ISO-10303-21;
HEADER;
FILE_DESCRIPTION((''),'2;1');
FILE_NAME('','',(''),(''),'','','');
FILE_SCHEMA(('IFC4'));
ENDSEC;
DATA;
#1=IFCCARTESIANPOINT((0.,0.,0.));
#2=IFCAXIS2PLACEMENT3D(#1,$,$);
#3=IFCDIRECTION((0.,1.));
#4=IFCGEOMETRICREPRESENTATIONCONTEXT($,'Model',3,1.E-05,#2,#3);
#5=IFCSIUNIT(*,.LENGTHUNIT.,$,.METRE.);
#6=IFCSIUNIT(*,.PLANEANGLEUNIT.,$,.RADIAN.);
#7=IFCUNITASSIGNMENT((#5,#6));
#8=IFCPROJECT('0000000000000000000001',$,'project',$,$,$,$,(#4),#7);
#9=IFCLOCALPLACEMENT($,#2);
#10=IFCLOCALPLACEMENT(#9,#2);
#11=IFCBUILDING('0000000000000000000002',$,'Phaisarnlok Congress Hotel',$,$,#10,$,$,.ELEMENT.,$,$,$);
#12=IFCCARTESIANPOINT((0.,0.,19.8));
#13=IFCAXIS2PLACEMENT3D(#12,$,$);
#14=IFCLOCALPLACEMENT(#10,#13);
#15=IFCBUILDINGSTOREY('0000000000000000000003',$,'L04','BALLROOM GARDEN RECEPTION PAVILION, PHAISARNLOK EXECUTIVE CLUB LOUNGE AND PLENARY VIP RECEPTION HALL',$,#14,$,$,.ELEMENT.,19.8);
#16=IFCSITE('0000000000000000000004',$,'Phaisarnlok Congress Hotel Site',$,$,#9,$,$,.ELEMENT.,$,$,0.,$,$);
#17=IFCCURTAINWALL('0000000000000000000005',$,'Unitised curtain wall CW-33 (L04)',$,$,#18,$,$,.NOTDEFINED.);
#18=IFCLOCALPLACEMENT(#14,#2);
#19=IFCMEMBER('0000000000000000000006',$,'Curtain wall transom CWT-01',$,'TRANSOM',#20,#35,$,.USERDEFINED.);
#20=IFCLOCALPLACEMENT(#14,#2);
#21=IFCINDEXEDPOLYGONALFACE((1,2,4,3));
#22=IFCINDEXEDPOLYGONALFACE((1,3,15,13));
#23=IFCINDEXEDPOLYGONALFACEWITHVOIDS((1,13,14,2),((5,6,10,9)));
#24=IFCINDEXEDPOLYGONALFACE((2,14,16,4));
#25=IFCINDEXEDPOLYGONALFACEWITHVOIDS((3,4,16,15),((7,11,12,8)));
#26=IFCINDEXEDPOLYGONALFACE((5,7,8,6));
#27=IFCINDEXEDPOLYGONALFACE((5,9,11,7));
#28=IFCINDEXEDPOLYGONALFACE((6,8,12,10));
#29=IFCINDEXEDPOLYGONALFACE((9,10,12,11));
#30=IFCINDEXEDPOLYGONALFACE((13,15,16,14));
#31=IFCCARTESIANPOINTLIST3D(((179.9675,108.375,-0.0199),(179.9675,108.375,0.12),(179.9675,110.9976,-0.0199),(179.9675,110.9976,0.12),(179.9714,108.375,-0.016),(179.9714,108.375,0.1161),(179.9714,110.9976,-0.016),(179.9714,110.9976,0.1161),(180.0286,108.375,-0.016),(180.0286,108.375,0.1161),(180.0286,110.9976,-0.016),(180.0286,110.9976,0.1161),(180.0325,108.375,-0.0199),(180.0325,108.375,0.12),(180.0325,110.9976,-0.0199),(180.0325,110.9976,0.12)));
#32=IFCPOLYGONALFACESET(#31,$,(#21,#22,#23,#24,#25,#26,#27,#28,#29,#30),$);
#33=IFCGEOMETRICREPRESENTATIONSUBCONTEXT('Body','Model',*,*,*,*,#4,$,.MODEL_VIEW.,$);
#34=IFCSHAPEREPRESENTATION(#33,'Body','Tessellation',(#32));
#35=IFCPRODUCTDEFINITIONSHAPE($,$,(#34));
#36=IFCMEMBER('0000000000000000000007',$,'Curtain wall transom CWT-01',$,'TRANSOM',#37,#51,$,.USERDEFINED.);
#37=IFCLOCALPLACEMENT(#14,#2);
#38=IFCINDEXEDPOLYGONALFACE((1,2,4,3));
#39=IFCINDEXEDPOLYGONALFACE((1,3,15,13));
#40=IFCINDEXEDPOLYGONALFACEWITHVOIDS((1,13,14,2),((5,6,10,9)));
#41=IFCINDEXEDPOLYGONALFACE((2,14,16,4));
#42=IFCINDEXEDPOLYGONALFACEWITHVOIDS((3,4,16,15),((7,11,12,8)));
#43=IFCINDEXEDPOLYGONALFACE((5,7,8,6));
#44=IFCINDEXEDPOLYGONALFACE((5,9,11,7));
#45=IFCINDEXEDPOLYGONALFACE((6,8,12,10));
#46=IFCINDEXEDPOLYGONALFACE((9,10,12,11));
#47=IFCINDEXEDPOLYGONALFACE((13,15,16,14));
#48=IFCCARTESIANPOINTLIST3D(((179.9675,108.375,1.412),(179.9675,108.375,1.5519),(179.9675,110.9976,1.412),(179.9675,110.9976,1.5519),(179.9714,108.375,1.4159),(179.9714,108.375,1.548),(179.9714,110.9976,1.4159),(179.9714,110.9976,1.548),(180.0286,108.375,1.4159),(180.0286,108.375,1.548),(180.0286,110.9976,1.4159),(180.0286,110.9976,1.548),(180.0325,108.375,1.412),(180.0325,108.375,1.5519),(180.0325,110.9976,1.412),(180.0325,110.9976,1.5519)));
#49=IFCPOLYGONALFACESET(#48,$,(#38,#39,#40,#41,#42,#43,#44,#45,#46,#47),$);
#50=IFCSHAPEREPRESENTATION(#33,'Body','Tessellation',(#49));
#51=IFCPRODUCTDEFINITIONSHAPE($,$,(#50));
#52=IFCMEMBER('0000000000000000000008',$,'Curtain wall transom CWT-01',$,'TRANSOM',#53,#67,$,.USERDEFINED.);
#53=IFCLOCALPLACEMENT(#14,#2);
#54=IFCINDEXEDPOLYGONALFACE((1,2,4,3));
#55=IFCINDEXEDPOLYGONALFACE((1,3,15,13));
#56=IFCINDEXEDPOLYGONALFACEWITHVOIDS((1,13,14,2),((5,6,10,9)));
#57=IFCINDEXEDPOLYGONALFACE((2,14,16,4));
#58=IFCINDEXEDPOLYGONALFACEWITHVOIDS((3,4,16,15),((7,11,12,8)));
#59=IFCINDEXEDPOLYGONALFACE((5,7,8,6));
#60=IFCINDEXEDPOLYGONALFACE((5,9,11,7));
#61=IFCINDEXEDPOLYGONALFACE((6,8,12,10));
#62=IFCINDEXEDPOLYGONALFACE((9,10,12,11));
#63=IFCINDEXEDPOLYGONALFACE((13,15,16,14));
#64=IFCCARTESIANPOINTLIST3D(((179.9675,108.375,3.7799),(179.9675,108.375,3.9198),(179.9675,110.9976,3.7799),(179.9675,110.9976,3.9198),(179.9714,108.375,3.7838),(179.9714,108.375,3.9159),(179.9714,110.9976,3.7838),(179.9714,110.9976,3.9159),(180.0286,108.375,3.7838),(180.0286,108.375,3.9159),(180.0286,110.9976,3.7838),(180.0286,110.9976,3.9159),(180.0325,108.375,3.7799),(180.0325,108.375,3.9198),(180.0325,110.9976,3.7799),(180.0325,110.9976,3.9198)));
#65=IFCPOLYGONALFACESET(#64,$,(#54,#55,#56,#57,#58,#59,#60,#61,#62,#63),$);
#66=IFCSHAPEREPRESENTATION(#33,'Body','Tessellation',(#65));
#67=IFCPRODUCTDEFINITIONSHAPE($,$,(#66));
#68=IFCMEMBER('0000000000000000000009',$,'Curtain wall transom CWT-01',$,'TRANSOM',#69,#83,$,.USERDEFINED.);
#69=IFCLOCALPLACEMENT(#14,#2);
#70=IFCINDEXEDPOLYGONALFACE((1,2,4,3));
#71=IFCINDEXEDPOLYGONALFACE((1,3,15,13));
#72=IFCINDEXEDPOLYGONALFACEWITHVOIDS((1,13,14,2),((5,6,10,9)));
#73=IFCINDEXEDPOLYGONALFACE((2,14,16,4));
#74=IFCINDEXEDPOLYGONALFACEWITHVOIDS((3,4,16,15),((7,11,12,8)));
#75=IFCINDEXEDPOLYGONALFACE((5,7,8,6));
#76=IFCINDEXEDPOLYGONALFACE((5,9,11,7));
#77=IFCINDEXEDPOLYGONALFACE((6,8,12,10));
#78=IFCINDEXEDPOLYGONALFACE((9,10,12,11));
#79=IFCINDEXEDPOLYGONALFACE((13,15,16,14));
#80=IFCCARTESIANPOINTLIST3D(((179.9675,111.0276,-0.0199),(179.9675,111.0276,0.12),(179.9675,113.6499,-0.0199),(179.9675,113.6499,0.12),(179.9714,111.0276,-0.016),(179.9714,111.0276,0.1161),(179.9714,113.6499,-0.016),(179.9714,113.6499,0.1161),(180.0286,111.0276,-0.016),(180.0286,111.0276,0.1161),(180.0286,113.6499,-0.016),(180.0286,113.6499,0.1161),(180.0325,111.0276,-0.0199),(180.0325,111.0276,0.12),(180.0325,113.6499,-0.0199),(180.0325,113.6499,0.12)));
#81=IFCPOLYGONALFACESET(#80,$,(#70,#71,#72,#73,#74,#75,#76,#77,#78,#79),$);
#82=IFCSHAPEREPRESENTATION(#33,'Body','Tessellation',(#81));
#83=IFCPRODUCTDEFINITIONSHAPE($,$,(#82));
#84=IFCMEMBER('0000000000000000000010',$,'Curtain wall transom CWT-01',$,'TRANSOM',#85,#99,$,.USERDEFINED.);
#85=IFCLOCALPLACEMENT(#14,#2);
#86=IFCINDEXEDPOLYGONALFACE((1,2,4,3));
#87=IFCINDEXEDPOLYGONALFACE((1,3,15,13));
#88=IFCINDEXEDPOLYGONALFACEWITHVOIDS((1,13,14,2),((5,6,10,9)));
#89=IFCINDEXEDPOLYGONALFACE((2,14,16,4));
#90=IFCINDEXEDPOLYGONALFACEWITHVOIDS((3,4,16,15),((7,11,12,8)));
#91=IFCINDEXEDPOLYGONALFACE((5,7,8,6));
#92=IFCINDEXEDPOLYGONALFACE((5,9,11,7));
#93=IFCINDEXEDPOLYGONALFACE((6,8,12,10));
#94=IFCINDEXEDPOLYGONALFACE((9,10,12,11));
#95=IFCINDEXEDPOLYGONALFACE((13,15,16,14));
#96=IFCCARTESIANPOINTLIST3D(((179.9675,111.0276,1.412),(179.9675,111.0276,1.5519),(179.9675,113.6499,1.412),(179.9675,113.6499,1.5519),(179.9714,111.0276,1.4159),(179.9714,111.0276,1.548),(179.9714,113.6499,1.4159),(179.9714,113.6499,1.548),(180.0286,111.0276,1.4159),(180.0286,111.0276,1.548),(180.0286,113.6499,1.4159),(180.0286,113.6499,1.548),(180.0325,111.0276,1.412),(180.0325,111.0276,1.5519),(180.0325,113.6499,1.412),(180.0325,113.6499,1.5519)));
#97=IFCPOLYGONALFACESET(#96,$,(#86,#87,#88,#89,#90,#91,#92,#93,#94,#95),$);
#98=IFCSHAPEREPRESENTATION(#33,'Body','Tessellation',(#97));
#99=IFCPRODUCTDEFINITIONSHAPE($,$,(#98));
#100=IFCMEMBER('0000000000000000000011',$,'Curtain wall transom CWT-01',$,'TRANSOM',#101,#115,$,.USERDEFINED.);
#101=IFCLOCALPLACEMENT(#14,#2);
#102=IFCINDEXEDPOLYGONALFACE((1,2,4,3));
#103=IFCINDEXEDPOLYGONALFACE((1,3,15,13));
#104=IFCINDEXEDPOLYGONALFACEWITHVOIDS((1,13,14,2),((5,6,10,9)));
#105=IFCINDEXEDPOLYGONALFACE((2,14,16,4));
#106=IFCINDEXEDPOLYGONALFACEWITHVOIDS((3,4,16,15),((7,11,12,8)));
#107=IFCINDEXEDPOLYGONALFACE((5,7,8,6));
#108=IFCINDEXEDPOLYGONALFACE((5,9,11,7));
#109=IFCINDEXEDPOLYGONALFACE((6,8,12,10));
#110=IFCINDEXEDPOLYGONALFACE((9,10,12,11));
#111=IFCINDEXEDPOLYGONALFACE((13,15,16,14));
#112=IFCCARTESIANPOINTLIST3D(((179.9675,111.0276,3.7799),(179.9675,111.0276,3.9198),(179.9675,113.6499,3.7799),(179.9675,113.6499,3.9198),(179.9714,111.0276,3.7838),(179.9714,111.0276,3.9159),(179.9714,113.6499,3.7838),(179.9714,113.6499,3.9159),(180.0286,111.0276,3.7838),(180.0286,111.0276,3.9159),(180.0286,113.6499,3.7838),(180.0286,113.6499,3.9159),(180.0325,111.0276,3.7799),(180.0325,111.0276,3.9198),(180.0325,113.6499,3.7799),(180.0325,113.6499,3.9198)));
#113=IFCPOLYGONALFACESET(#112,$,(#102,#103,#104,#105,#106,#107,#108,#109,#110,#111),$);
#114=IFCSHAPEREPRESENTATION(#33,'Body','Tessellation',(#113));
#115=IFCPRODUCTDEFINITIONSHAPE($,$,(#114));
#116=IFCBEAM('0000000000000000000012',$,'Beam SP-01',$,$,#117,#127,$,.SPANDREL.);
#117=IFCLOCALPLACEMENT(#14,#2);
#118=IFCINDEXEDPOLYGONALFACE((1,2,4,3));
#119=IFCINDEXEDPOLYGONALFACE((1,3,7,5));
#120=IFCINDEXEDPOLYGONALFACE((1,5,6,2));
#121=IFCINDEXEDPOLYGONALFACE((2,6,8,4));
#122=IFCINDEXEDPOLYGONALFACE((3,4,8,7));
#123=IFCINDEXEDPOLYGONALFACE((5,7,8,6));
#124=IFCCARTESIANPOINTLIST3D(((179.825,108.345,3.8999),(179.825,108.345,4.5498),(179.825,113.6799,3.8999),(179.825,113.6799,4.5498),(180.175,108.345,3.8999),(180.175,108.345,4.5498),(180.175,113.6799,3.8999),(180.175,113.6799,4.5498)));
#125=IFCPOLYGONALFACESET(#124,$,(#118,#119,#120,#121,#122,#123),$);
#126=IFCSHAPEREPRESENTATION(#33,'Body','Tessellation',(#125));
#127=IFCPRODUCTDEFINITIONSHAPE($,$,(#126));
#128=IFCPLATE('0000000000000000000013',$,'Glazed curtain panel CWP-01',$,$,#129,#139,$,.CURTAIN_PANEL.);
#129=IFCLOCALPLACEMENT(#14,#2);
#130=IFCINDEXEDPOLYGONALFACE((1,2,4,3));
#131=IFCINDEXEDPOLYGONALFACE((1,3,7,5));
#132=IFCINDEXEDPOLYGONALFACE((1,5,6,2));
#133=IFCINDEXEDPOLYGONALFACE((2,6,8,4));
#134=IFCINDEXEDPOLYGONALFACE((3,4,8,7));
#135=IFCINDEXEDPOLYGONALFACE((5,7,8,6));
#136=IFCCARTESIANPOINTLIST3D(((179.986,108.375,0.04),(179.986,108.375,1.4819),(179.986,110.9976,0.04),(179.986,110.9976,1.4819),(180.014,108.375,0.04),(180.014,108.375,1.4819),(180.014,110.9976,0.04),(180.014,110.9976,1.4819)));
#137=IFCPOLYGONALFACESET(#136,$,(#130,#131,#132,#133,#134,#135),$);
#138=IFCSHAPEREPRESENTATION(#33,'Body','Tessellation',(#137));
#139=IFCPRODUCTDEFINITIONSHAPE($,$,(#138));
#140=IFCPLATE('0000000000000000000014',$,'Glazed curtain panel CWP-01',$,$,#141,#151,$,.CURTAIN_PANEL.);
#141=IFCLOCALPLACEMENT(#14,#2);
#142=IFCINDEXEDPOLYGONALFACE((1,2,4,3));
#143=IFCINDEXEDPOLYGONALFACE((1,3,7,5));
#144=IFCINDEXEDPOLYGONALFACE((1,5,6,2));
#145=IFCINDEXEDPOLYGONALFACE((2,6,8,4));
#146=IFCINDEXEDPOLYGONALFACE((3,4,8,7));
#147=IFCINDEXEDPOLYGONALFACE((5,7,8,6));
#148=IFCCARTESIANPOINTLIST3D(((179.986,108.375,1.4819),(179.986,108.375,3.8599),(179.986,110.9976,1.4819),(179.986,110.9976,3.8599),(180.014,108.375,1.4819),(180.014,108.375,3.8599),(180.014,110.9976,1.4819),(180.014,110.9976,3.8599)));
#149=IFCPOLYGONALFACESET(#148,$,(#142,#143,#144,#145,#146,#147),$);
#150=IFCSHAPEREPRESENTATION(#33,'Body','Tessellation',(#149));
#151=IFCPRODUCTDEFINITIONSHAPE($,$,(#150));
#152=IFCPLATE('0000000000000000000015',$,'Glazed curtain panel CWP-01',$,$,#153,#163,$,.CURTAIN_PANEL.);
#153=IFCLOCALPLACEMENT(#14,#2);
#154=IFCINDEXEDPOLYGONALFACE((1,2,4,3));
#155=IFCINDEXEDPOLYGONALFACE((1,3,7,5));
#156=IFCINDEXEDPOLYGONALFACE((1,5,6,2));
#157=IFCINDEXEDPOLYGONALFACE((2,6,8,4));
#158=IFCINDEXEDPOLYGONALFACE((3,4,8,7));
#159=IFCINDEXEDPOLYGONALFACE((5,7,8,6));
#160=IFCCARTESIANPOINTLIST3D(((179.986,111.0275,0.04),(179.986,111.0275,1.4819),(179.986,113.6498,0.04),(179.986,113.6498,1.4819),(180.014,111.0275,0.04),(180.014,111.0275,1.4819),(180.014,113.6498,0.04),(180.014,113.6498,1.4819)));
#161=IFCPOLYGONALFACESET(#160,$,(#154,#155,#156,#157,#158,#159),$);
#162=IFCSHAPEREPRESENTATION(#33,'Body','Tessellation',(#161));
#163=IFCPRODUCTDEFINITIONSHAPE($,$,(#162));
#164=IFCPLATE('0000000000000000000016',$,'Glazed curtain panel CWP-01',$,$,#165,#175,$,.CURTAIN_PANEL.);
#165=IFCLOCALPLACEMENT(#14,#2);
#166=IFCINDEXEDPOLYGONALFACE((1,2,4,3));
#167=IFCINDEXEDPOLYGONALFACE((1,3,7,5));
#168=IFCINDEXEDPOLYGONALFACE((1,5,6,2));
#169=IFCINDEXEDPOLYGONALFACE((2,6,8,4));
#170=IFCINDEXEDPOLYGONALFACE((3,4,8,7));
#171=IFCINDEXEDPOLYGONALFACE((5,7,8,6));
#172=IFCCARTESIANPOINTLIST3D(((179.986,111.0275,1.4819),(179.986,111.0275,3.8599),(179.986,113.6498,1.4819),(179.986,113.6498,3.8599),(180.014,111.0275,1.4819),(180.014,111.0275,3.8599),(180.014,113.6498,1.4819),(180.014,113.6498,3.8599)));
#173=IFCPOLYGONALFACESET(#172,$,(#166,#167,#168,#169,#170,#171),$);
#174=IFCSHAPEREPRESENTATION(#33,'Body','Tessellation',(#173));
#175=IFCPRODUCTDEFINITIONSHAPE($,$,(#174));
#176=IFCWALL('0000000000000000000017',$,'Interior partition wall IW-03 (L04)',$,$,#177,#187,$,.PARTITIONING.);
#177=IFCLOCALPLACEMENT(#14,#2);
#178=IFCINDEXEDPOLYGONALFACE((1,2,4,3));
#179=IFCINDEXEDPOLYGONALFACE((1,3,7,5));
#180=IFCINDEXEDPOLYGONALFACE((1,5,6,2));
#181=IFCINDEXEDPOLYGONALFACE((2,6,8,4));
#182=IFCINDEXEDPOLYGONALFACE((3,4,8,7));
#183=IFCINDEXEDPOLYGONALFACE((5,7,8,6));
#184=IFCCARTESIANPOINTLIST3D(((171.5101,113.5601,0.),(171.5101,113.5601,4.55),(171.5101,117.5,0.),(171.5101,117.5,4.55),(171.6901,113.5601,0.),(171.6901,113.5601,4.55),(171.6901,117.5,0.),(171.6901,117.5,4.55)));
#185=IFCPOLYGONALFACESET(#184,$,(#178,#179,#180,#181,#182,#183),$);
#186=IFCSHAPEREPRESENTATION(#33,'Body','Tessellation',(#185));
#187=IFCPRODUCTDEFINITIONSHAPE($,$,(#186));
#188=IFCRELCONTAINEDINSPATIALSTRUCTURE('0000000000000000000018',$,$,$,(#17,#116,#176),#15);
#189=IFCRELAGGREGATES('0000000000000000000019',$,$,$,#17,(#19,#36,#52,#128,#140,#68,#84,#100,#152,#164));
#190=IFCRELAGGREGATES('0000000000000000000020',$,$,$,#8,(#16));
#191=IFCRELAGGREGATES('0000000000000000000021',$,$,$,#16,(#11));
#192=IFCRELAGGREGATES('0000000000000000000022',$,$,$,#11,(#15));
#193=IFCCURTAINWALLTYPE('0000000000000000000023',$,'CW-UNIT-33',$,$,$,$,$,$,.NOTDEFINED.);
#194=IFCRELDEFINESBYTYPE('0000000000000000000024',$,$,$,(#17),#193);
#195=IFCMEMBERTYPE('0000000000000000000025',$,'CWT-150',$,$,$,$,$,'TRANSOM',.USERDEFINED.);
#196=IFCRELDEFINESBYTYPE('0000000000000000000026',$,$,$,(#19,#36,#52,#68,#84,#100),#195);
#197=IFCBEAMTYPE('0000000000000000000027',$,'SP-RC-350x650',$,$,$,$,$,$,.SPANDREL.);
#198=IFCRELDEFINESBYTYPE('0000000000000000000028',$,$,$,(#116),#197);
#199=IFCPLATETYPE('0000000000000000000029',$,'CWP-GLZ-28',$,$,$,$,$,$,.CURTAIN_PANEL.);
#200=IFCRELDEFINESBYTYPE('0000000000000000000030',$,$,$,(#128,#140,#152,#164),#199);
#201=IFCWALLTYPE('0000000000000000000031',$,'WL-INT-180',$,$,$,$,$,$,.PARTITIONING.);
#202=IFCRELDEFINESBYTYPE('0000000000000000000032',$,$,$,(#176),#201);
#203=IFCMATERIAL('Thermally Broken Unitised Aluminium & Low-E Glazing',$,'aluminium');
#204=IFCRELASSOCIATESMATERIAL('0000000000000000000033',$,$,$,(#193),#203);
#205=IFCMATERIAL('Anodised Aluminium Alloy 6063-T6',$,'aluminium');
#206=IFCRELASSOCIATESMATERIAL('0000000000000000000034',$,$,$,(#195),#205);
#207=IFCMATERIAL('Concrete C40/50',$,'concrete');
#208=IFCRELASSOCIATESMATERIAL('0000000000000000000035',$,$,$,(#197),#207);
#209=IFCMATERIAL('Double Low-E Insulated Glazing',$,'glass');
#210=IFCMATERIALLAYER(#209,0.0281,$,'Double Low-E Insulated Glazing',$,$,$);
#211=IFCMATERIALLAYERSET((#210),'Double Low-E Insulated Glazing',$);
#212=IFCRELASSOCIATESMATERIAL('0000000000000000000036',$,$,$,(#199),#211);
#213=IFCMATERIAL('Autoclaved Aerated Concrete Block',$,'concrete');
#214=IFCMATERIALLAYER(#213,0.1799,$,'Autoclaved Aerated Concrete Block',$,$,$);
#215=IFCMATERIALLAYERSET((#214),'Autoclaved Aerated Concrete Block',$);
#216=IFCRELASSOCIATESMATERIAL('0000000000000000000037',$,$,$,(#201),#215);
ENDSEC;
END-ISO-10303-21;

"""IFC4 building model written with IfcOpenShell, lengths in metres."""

from ifc_helpers import new_model, si_unit, direction, frame, frame_2d, origin, origin_2d, place, context, subcontext, project, spatial, rectangle, hollow_rectangle, extrude, material, layer, layer_set, material_profile, profile_set, type_object, element, aggregate, save


model = new_model("IFC4")

# Units and contexts
model_context = context("Model", 3, precision=1e-05, world=origin(), true_north=direction((0.0, 1.0)))
body_context = subcontext(model_context, "Body", "Model", "MODEL_VIEW")
ifc_project = project(units=[si_unit("LENGTHUNIT", "METRE"), si_unit("PLANEANGLEUNIT", "RADIAN")], contexts=[model_context])

# Site, building, storey
site_placement = place(None, origin())
site = spatial("IfcSite", under=ifc_project, at=site_placement, Name="Phaisarnlok Congress Hotel Site", CompositionType="ELEMENT", RefElevation=0.0)
building_placement = place(site_placement, origin())
building = spatial("IfcBuilding", under=site, at=building_placement, Name="Phaisarnlok Congress Hotel", CompositionType="ELEMENT")
storey_placement = place(building_placement, frame((0.0, 0.0, 19.8)))
storey = spatial("IfcBuildingStorey", under=building, at=storey_placement, Name="L04", Description="BALLROOM GARDEN RECEPTION PAVILION, PHAISARNLOK EXECUTIVE CLUB LOUNGE AND PLENARY VIP RECEPTION HALL", CompositionType="ELEMENT", Elevation=19.8)

# Curtain wall, members
ifc_material_1 = material(Name="Thermally Broken Unitised Aluminium & Low-E Glazing", Category="aluminium")
curtain_wall_type = type_object("IfcCurtainWallType", Name="CW-UNIT-33", PredefinedType="NOTDEFINED", material=ifc_material_1)
curtain_wall_placement = place(storey_placement, origin())
curtain_wall = element("IfcCurtainWall", 1, at=curtain_wall_placement, inside=storey, type_object=curtain_wall_type, Name="Unitised curtain wall CW-33 (L04)", PredefinedType="NOTDEFINED")
ifc_material_2 = material(Name="Anodised Aluminium Alloy 6063-T6", Category="aluminium")
ifc_material_profile_1 = material_profile(ifc_material_2, hollow_rectangle(XDim=0.0649, YDim=0.1399, WallThickness=0.0039, at=origin_2d()), Name="ALU-T 65x140x4")
ifc_profile_set_1 = profile_set([ifc_material_profile_1], Name="Anodised Aluminium Alloy 6063-T6")
member_type_1 = type_object("IfcMemberType", Name="CWT-150", ElementType="TRANSOM", PredefinedType="USERDEFINED", material=ifc_profile_set_1)
member_1_placement = place(storey_placement, frame((180.0, 108.375, 0.05), z_axis=(0.0, 1.0, 0.0), x_axis=(-1.0, 0.0, 0.0)))
member_1 = element("IfcMember", 2, at=member_1_placement, type_object=member_type_1, Name="Curtain wall transom CWT-01", ObjectType="TRANSOM", PredefinedType="USERDEFINED", context=body_context, shape_type="SweptSolid", body=[
    extrude(hollow_rectangle(XDim=0.0649, YDim=0.1399, WallThickness=0.0039, at=origin_2d()), origin(), (0.0, 0.0, 1.0), 2.6226),
])
member_2_placement = place(storey_placement, frame((180.0, 108.375, 1.4819), z_axis=(0.0, 1.0, 0.0), x_axis=(-1.0, 0.0, 0.0)))
member_2 = element("IfcMember", 3, at=member_2_placement, type_object=member_type_1, Name="Curtain wall transom CWT-01", ObjectType="TRANSOM", PredefinedType="USERDEFINED", context=body_context, shape_type="SweptSolid", body=[
    extrude(hollow_rectangle(XDim=0.0649, YDim=0.1399, WallThickness=0.0039, at=origin_2d()), origin(), (0.0, 0.0, 1.0), 2.6226),
])
member_3_placement = place(storey_placement, frame((180.0, 108.375, 3.8499), z_axis=(0.0, 1.0, 0.0), x_axis=(-1.0, 0.0, 0.0)))
member_3 = element("IfcMember", 4, at=member_3_placement, type_object=member_type_1, Name="Curtain wall transom CWT-01", ObjectType="TRANSOM", PredefinedType="USERDEFINED", context=body_context, shape_type="SweptSolid", body=[
    extrude(hollow_rectangle(XDim=0.0649, YDim=0.1399, WallThickness=0.0039, at=origin_2d()), origin(), (0.0, 0.0, 1.0), 2.6226),
])
member_4_placement = place(storey_placement, frame((180.0, 111.0276, 0.05), z_axis=(0.0, 1.0, 0.0), x_axis=(-1.0, 0.0, 0.0)))
member_4 = element("IfcMember", 5, at=member_4_placement, type_object=member_type_1, Name="Curtain wall transom CWT-01", ObjectType="TRANSOM", PredefinedType="USERDEFINED", context=body_context, shape_type="SweptSolid", body=[
    extrude(hollow_rectangle(XDim=0.0649, YDim=0.1399, WallThickness=0.0039, at=origin_2d()), origin(), (0.0, 0.0, 1.0), 2.6223),
])
member_5_placement = place(storey_placement, frame((180.0, 111.0276, 1.4819), z_axis=(0.0, 1.0, 0.0), x_axis=(-1.0, 0.0, 0.0)))
member_5 = element("IfcMember", 6, at=member_5_placement, type_object=member_type_1, Name="Curtain wall transom CWT-01", ObjectType="TRANSOM", PredefinedType="USERDEFINED", context=body_context, shape_type="SweptSolid", body=[
    extrude(hollow_rectangle(XDim=0.0649, YDim=0.1399, WallThickness=0.0039, at=origin_2d()), origin(), (0.0, 0.0, 1.0), 2.6223),
])
member_6_placement = place(storey_placement, frame((180.0, 111.0276, 3.8499), z_axis=(0.0, 1.0, 0.0), x_axis=(-1.0, 0.0, 0.0)))
member_6 = element("IfcMember", 7, at=member_6_placement, type_object=member_type_1, Name="Curtain wall transom CWT-01", ObjectType="TRANSOM", PredefinedType="USERDEFINED", context=body_context, shape_type="SweptSolid", body=[
    extrude(hollow_rectangle(XDim=0.0649, YDim=0.1399, WallThickness=0.0039, at=origin_2d()), origin(), (0.0, 0.0, 1.0), 2.6223),
])

# Beam
ifc_material_3 = material(Name="Concrete C40/50", Category="concrete")
ifc_material_profile_2 = material_profile(ifc_material_3, rectangle(XDim=0.3501, YDim=0.6499, at=origin_2d()), Name="RC 350x650")
ifc_profile_set_2 = profile_set([ifc_material_profile_2], Name="Concrete C40/50")
beam_type_1 = type_object("IfcBeamType", Name="SP-RC-350x650", PredefinedType="SPANDREL", material=ifc_profile_set_2)
beam_1_placement = place(storey_placement, frame((180.0, 108.345, 4.2249), z_axis=(0.0, 1.0, 0.0), x_axis=(-1.0, 0.0, 0.0)))
element("IfcBeam", 8, at=beam_1_placement, inside=storey, type_object=beam_type_1, Name="Beam SP-01", PredefinedType="SPANDREL", context=body_context, shape_type="SweptSolid", body=[
    extrude(rectangle(XDim=0.3501, YDim=0.6499, at=origin_2d()), origin(), (0.0, 0.0, 1.0), 5.335),
])

# Plates
ifc_material_4 = material(Name="Double Low-E Insulated Glazing", Category="glass")
ifc_layer_1 = layer(ifc_material_4, 0.0281, Name="Double Low-E Insulated Glazing")
ifc_layer_set_1 = layer_set([ifc_layer_1], Name="Double Low-E Insulated Glazing")
plate_type = type_object("IfcPlateType", Name="CWP-GLZ-28", PredefinedType="CURTAIN_PANEL", material=ifc_layer_set_1)
plate_1_placement = place(storey_placement, frame((180.0, 108.375, 0.04), z_axis=(0.0, 0.0, 1.0), x_axis=(0.0, 1.0, 0.0)))
plate_1 = element("IfcPlate", 9, at=plate_1_placement, type_object=plate_type, Name="Glazed curtain panel CWP-01", PredefinedType="CURTAIN_PANEL", context=body_context, shape_type="SweptSolid", body=[
    extrude(rectangle(XDim=2.6226, YDim=0.0281, at=frame_2d((1.3113, 0.0))), origin(), (0.0, 0.0, 1.0), 1.4419),
])
plate_2_placement = place(storey_placement, frame((180.0, 108.375, 1.4819), z_axis=(0.0, 0.0, 1.0), x_axis=(0.0, 1.0, 0.0)))
plate_2 = element("IfcPlate", 10, at=plate_2_placement, type_object=plate_type, Name="Glazed curtain panel CWP-01", PredefinedType="CURTAIN_PANEL", context=body_context, shape_type="SweptSolid", body=[
    extrude(rectangle(XDim=2.6226, YDim=0.0281, at=frame_2d((1.3113, 0.0))), origin(), (0.0, 0.0, 1.0), 2.3779),
])
plate_3_placement = place(storey_placement, frame((180.0, 111.0276, 0.04), z_axis=(0.0, 0.0, 1.0), x_axis=(0.0, 1.0, 0.0)))
plate_3 = element("IfcPlate", 11, at=plate_3_placement, type_object=plate_type, Name="Glazed curtain panel CWP-01", PredefinedType="CURTAIN_PANEL", context=body_context, shape_type="SweptSolid", body=[
    extrude(rectangle(XDim=2.6223, YDim=0.0281, at=frame_2d((1.311, 0.0))), origin(), (0.0, 0.0, 1.0), 1.4419),
])
plate_4_placement = place(storey_placement, frame((180.0, 111.0276, 1.4819), z_axis=(0.0, 0.0, 1.0), x_axis=(0.0, 1.0, 0.0)))
plate_4 = element("IfcPlate", 12, at=plate_4_placement, type_object=plate_type, Name="Glazed curtain panel CWP-01", PredefinedType="CURTAIN_PANEL", context=body_context, shape_type="SweptSolid", body=[
    extrude(rectangle(XDim=2.6223, YDim=0.0281, at=frame_2d((1.311, 0.0))), origin(), (0.0, 0.0, 1.0), 2.3779),
])
aggregate(curtain_wall, [member_1, member_2, member_3, plate_1, plate_2, member_4, member_5, member_6, plate_3, plate_4])

# Wall
ifc_material_5 = material(Name="Autoclaved Aerated Concrete Block", Category="concrete")
ifc_layer_2 = layer(ifc_material_5, 0.1799, Name="Autoclaved Aerated Concrete Block")
ifc_layer_set_2 = layer_set([ifc_layer_2], Name="Autoclaved Aerated Concrete Block")
wall_type_1 = type_object("IfcWallType", Name="WL-INT-180", PredefinedType="PARTITIONING", material=ifc_layer_set_2)
wall_1_placement = place(storey_placement, frame((171.6001, 113.5601, 0.0), z_axis=(0.0, 0.0, 1.0), x_axis=(0.0, 1.0, 0.0)))
element("IfcWall", 13, at=wall_1_placement, inside=storey, type_object=wall_type_1, Name="Interior partition wall IW-03 (L04)", PredefinedType="PARTITIONING", context=body_context, shape_type="SweptSolid", body=[
    extrude(rectangle(XDim=3.9399, YDim=0.1799, at=frame_2d((1.97, 0.0))), origin(), (0.0, 0.0, 1.0), 4.55),
])

save(model, "model.ifc")
